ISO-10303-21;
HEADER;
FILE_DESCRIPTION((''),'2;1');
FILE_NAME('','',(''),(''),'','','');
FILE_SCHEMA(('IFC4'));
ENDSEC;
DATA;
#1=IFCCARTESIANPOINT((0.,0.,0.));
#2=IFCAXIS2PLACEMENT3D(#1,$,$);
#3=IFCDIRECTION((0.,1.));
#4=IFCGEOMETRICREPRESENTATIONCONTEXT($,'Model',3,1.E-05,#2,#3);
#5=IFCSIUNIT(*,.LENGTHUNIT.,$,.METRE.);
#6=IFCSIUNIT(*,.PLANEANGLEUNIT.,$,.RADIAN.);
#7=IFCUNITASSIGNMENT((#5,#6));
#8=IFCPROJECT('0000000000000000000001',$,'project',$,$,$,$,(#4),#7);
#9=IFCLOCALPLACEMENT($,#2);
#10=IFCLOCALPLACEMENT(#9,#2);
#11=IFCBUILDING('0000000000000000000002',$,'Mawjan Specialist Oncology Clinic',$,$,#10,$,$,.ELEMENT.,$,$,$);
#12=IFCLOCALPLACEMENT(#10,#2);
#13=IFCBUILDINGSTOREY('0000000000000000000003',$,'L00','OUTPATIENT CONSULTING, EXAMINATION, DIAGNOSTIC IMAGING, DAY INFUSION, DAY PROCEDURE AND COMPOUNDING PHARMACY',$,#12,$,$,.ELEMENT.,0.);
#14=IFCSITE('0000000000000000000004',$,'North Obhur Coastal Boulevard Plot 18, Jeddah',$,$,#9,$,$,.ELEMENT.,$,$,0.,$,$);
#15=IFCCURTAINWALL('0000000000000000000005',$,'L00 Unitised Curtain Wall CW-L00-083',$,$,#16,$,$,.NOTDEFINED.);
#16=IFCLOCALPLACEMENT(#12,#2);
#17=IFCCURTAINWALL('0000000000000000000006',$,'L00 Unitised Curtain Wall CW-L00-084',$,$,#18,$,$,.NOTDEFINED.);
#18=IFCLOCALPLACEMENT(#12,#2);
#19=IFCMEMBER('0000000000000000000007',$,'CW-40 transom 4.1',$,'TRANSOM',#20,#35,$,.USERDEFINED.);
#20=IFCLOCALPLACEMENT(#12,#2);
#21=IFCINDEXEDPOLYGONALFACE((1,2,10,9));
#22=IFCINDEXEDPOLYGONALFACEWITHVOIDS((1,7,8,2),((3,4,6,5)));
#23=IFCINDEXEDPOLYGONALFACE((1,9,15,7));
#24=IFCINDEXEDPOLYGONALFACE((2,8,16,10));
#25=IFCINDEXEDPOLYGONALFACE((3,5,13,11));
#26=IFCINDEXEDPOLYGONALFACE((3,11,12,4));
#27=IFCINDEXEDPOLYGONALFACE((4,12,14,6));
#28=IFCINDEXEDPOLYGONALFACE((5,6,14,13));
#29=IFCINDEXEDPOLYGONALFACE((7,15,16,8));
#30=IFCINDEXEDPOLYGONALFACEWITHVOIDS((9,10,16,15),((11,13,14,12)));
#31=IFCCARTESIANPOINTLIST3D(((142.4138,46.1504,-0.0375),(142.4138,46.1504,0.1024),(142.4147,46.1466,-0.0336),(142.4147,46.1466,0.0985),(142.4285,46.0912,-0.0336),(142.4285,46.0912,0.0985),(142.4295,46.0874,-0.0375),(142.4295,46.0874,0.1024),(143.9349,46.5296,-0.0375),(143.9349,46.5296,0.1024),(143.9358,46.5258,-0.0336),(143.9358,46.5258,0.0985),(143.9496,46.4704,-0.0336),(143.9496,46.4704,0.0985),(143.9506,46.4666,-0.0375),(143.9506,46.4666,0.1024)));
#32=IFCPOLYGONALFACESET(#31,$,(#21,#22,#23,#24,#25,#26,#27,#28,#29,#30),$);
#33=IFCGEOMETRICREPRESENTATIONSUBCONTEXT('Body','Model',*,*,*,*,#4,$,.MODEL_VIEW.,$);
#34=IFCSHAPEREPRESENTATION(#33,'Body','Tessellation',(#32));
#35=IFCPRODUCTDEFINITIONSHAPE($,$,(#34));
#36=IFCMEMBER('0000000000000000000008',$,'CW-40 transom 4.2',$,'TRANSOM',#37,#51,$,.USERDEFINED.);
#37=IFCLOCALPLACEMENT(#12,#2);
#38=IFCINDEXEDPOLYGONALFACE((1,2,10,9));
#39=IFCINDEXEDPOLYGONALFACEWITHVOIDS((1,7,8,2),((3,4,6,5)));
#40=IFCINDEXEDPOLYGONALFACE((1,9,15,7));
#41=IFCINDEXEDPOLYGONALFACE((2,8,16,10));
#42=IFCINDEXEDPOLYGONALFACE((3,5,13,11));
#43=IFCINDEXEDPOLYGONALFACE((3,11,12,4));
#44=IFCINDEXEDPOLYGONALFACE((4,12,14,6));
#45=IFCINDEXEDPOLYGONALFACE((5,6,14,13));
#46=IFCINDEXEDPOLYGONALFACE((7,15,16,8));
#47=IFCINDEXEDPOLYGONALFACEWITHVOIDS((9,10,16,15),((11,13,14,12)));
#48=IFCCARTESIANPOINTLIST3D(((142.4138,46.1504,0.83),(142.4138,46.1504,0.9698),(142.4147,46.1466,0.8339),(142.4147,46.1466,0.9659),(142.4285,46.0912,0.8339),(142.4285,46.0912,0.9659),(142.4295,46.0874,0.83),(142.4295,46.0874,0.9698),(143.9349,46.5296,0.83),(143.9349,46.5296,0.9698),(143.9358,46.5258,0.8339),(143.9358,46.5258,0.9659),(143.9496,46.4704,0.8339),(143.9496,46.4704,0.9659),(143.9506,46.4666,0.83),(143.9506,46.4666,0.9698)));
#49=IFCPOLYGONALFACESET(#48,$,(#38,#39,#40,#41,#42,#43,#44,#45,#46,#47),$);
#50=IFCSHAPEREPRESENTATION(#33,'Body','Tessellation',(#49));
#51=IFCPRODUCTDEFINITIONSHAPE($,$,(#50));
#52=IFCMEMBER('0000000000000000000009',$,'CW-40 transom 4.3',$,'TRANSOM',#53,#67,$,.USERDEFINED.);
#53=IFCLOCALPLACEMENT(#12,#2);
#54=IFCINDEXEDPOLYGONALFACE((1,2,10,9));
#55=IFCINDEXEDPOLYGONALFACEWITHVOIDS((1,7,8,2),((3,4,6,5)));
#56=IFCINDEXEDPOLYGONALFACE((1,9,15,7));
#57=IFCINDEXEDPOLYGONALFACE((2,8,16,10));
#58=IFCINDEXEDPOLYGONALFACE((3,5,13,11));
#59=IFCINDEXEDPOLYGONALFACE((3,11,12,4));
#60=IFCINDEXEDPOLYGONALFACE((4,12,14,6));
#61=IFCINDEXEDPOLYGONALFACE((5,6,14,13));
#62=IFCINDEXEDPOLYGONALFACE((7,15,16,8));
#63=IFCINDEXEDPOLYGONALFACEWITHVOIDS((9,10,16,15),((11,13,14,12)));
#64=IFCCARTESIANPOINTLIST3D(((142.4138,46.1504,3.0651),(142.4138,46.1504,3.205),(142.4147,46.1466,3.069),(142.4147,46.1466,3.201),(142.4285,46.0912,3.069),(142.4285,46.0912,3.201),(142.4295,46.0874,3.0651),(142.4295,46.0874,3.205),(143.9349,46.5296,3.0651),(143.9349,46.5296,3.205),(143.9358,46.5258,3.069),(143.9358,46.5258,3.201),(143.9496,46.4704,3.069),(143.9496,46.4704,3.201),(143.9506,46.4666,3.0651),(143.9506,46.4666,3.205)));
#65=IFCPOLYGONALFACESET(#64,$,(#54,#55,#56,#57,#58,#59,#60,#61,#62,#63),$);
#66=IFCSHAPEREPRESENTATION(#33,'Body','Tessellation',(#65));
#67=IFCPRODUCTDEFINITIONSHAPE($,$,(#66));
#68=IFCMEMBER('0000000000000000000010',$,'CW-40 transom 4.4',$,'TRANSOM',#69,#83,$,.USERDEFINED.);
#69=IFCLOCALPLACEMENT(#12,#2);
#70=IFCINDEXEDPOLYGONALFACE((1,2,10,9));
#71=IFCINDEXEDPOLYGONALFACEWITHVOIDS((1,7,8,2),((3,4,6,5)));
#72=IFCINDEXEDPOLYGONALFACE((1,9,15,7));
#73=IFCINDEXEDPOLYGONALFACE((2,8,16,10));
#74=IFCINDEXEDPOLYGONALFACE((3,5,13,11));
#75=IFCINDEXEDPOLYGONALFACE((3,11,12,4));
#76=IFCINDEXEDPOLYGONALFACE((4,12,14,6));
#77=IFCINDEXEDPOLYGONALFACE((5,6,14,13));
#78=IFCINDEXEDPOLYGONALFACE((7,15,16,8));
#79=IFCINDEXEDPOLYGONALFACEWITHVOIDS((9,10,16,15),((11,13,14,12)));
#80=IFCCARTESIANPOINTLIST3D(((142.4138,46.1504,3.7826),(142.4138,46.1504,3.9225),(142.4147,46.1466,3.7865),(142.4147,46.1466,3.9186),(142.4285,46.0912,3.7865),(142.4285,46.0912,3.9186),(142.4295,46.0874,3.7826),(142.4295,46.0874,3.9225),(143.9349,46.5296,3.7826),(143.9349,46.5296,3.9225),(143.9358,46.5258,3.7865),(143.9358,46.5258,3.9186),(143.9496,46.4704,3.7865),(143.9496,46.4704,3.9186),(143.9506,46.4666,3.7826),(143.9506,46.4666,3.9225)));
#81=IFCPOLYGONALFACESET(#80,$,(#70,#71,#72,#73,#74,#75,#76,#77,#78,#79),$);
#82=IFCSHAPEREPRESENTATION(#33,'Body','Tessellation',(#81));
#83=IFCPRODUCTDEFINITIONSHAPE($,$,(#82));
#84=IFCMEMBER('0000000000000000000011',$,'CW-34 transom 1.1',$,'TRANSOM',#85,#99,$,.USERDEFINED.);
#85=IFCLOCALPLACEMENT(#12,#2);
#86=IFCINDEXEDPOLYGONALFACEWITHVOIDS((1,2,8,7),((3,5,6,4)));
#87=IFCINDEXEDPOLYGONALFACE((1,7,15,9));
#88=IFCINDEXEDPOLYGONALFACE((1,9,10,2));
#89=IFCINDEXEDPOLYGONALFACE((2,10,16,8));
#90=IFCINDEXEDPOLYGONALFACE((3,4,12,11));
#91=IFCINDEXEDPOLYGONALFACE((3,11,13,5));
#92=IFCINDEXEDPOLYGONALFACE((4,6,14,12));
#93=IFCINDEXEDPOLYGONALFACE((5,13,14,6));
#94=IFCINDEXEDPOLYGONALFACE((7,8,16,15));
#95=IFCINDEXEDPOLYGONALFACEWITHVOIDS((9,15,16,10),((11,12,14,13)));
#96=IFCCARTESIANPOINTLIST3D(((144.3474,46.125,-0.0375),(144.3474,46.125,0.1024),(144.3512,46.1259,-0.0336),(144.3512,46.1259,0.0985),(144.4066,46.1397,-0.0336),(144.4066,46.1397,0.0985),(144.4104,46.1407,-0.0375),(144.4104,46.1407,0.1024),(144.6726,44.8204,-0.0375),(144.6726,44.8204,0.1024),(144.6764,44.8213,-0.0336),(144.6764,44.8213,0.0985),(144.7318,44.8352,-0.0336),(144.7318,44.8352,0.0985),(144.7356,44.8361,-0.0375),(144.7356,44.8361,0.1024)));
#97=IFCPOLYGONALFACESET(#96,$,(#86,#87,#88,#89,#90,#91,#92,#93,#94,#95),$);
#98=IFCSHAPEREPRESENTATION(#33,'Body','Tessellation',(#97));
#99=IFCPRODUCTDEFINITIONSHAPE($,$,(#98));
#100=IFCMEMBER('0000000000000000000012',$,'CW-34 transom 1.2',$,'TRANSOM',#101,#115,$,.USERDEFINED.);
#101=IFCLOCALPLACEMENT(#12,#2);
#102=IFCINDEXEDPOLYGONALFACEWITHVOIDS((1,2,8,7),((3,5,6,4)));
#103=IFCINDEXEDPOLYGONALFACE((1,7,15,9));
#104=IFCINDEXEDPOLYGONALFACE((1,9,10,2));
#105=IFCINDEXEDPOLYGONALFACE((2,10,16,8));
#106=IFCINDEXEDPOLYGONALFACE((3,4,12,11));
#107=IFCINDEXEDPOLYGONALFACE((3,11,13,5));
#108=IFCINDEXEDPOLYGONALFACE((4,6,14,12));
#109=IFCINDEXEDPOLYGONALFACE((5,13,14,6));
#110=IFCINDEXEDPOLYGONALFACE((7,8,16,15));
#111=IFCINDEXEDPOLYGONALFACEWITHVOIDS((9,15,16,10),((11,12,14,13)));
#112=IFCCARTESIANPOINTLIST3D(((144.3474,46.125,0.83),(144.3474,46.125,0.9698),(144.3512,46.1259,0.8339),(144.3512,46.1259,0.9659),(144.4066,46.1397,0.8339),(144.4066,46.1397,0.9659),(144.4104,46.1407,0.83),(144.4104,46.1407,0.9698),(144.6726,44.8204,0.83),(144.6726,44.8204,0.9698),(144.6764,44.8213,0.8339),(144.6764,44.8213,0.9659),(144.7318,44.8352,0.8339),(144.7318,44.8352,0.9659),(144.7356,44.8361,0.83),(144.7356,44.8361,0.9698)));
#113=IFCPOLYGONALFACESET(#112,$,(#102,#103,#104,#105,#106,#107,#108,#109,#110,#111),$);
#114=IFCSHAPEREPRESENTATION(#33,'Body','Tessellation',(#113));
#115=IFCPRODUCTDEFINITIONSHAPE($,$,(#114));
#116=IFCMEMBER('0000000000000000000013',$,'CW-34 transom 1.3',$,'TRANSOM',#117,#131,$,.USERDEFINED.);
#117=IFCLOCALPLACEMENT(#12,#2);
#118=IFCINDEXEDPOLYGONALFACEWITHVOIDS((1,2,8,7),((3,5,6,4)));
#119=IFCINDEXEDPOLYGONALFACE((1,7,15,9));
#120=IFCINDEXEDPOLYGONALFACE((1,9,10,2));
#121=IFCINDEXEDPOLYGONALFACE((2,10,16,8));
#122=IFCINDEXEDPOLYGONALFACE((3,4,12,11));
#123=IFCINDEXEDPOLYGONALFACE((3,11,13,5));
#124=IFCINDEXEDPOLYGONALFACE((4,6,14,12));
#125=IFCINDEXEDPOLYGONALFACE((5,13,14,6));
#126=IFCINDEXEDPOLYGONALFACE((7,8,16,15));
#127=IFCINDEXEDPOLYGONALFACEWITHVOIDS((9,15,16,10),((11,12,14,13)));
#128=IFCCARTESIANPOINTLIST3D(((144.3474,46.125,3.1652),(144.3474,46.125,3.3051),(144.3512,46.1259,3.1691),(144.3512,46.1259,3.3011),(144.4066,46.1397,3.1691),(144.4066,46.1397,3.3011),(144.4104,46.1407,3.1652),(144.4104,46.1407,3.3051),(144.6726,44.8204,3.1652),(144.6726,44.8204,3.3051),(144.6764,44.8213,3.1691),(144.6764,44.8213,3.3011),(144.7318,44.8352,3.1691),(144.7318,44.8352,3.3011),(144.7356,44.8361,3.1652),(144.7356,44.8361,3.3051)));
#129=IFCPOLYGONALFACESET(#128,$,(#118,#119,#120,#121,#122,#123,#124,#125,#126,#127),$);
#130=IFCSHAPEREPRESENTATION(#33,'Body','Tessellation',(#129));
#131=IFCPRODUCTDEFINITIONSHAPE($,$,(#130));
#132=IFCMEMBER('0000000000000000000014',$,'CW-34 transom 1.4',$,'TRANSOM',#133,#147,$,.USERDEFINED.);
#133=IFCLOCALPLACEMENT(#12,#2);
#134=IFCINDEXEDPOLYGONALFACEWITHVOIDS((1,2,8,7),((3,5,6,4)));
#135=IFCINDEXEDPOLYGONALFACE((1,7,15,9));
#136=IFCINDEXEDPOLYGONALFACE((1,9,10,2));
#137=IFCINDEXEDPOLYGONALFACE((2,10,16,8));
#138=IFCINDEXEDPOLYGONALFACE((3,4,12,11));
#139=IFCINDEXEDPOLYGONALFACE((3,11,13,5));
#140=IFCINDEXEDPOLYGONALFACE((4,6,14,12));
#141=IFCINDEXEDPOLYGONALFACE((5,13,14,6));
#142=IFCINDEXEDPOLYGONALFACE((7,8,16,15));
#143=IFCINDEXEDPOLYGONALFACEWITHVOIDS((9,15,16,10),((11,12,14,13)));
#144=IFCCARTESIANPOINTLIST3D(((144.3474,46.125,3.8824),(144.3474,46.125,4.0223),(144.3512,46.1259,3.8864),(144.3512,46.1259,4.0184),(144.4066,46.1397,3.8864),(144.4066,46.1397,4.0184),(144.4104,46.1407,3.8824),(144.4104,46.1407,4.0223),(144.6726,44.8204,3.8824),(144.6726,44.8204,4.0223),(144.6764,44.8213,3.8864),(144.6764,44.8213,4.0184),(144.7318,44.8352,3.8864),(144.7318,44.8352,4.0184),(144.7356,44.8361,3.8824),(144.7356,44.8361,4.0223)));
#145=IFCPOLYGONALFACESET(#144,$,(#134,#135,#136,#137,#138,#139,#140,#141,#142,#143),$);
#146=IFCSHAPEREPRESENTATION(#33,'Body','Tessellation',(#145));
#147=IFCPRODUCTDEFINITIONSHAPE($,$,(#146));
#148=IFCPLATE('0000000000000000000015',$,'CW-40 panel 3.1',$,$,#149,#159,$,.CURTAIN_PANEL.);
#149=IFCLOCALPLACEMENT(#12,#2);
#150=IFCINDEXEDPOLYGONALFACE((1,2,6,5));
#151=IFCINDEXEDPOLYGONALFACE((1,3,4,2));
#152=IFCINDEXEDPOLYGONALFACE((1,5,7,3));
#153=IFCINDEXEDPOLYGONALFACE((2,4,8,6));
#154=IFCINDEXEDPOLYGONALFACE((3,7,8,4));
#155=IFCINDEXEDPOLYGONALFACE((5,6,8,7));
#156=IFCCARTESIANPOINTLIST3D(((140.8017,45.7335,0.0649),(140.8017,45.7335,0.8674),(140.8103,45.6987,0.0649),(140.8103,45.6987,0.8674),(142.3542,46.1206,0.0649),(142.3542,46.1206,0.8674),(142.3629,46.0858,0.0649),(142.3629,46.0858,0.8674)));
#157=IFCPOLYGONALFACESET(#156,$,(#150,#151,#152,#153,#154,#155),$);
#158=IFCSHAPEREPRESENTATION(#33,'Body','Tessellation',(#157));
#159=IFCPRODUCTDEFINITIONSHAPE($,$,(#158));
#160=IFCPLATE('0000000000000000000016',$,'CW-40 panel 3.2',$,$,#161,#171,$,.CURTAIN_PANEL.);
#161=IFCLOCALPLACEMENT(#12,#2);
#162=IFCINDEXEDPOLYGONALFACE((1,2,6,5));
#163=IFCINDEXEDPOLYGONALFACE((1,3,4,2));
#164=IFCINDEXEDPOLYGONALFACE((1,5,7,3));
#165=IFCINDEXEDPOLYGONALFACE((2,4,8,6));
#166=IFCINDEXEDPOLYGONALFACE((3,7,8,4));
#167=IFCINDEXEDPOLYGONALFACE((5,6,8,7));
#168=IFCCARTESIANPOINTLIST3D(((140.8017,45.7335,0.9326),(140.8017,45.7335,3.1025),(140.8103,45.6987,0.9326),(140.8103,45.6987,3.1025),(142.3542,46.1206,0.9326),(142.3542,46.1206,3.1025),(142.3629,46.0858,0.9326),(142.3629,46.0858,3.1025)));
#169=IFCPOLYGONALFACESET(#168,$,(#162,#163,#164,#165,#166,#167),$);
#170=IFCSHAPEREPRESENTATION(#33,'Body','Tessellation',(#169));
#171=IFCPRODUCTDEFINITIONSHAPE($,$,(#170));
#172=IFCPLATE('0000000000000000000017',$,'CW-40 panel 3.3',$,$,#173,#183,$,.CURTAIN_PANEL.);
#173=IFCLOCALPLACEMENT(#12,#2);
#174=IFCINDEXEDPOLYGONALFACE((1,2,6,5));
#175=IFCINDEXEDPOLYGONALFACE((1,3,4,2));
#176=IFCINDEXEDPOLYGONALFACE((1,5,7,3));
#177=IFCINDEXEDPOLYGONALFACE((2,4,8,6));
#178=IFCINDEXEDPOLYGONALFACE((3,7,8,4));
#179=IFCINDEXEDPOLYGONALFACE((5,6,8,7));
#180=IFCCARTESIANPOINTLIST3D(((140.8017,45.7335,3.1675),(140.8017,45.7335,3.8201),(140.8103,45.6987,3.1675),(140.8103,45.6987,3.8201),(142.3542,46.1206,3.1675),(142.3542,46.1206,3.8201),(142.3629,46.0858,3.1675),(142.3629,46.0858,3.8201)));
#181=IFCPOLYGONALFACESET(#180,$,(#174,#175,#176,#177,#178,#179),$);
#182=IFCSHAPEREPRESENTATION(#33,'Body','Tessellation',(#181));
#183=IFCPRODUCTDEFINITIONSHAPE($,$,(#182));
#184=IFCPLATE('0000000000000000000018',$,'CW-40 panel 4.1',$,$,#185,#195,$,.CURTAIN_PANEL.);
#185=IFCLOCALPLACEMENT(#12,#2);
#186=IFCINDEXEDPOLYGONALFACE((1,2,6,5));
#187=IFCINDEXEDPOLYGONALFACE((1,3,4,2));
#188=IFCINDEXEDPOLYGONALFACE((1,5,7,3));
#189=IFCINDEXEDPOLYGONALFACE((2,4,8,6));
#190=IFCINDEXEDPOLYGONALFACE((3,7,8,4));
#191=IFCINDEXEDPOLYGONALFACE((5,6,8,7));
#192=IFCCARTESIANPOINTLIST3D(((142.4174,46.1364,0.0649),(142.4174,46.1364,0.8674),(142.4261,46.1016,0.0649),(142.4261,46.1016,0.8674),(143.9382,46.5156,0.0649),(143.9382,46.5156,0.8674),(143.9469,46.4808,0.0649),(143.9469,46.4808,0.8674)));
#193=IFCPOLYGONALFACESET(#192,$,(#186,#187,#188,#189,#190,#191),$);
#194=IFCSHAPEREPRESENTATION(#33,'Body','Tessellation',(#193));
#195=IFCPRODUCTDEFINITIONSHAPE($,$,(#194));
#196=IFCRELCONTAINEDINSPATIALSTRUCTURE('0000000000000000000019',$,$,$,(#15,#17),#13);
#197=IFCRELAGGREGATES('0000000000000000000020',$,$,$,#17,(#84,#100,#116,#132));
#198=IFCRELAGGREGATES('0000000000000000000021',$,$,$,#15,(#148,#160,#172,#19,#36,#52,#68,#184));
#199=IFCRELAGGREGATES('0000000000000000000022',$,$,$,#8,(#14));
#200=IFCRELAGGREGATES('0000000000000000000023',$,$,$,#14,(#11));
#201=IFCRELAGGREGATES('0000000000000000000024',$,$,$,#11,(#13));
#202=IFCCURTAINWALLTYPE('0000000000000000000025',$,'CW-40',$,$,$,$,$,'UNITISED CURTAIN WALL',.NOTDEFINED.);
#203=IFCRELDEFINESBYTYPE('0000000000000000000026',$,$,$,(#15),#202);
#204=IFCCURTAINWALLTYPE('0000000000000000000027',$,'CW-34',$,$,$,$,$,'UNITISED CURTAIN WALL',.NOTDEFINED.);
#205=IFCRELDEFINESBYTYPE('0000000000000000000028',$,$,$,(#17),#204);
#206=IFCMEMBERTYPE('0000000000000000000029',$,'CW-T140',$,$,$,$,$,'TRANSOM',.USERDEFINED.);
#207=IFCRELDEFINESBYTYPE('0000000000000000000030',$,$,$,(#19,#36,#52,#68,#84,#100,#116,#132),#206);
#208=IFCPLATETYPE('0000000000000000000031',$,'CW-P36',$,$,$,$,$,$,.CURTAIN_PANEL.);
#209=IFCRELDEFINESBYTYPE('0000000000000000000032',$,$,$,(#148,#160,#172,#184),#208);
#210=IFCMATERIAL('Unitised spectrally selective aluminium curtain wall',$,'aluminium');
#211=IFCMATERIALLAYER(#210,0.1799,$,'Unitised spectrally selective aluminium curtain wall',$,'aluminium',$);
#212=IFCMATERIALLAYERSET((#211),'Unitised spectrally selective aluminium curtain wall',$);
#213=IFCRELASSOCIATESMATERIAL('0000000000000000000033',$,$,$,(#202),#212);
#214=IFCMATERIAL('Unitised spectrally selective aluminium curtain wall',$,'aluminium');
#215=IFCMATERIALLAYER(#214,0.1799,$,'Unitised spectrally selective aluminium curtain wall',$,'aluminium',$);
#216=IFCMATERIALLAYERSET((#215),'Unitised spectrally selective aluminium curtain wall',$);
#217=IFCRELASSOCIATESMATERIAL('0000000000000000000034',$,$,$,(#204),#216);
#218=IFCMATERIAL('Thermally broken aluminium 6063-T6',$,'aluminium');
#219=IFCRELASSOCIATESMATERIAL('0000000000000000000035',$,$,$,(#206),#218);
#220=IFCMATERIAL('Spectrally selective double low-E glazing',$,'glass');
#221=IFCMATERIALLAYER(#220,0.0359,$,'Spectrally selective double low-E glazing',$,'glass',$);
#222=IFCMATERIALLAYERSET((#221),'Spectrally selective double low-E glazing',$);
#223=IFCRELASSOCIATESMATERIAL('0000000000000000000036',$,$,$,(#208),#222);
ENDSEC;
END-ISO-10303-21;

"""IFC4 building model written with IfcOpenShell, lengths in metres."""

from ifc_helpers import new_model, si_unit, direction, frame, origin, origin_2d, place, context, subcontext, project, spatial, rectangle, hollow_rectangle, extrude, material, layer, layer_set, material_profile, profile_set, type_object, element, aggregate, save


model = new_model("IFC4")

# Units and contexts
model_context = context("Model", 3, precision=1e-05, world=origin(), true_north=direction((0.0, 1.0)))
body_context = subcontext(model_context, "Body", "Model", "MODEL_VIEW")
ifc_project = project(units=[si_unit("LENGTHUNIT", "METRE"), si_unit("PLANEANGLEUNIT", "RADIAN")], contexts=[model_context])

# Site, building, storey
site_placement = place(None, origin())
site = spatial("IfcSite", under=ifc_project, at=site_placement, Name="North Obhur Coastal Boulevard Plot 18, Jeddah", CompositionType="ELEMENT", RefElevation=0.0)
building_placement = place(site_placement, origin())
building = spatial("IfcBuilding", under=site, at=building_placement, Name="Mawjan Specialist Oncology Clinic", CompositionType="ELEMENT")
storey_placement = place(building_placement, origin())
storey = spatial("IfcBuildingStorey", under=building, at=storey_placement, Name="L00", Description="OUTPATIENT CONSULTING, EXAMINATION, DIAGNOSTIC IMAGING, DAY INFUSION, DAY PROCEDURE AND COMPOUNDING PHARMACY", CompositionType="ELEMENT", Elevation=0.0)

# Curtain wall
ifc_material_1 = material(Name="Unitised spectrally selective aluminium curtain wall", Category="aluminium")
ifc_layer_1 = layer(ifc_material_1, 0.1799, Name="Unitised spectrally selective aluminium curtain wall", Category="aluminium")
ifc_layer_set_1 = layer_set([ifc_layer_1], Name="Unitised spectrally selective aluminium curtain wall")
curtain_wall_type_1 = type_object("IfcCurtainWallType", Name="CW-40", ElementType="UNITISED CURTAIN WALL", PredefinedType="NOTDEFINED", material=ifc_layer_set_1)
curtain_wall_1_placement = place(storey_placement, origin())
curtain_wall_1 = element("IfcCurtainWall", 1, at=curtain_wall_1_placement, inside=storey, type_object=curtain_wall_type_1, Name="L00 Unitised Curtain Wall CW-L00-083", PredefinedType="NOTDEFINED")

# Curtain wall
ifc_material_2 = material(Name="Unitised spectrally selective aluminium curtain wall", Category="aluminium")
ifc_layer_2 = layer(ifc_material_2, 0.1799, Name="Unitised spectrally selective aluminium curtain wall", Category="aluminium")
ifc_layer_set_2 = layer_set([ifc_layer_2], Name="Unitised spectrally selective aluminium curtain wall")
curtain_wall_type_2 = type_object("IfcCurtainWallType", Name="CW-34", ElementType="UNITISED CURTAIN WALL", PredefinedType="NOTDEFINED", material=ifc_layer_set_2)
curtain_wall_2_placement = place(storey_placement, origin())
curtain_wall_2 = element("IfcCurtainWall", 2, at=curtain_wall_2_placement, inside=storey, type_object=curtain_wall_type_2, Name="L00 Unitised Curtain Wall CW-L00-084", PredefinedType="NOTDEFINED")
ifc_material_3 = material(Name="Thermally broken aluminium 6063-T6", Category="aluminium")
ifc_material_profile_1 = material_profile(ifc_material_3, hollow_rectangle(XDim=0.0649, YDim=0.1399, WallThickness=0.0039, at=origin_2d()), Name="ALU TRANSOM 140x65x4", Category="aluminium")
ifc_profile_set_1 = profile_set([ifc_material_profile_1], Name="Thermally broken aluminium 6063-T6")
member_type_1 = type_object("IfcMemberType", Name="CW-T140", ElementType="TRANSOM", PredefinedType="USERDEFINED", material=ifc_profile_set_1)

# Members
member_1_placement = place(storey_placement, frame((142.4216, 46.1189, 0.0325), z_axis=(0.970307, 0.241876, 0.0), x_axis=(-0.241876, 0.970307, 0.0)))
member_1 = element("IfcMember", 3, at=member_1_placement, type_object=member_type_1, Name="CW-40 transom 4.1", ObjectType="TRANSOM", PredefinedType="USERDEFINED", context=body_context, shape_type="SweptSolid", body=[
    extrude(hollow_rectangle(XDim=0.0649, YDim=0.1399, WallThickness=0.0039, at=origin_2d()), origin(), (0.0, 0.0, 1.0), 1.5676),
])
member_2_placement = place(storey_placement, frame((142.4216, 46.1189, 0.8999), z_axis=(0.970307, 0.241876, 0.0), x_axis=(-0.241876, 0.970307, 0.0)))
member_2 = element("IfcMember", 4, at=member_2_placement, type_object=member_type_1, Name="CW-40 transom 4.2", ObjectType="TRANSOM", PredefinedType="USERDEFINED", context=body_context, shape_type="SweptSolid", body=[
    extrude(hollow_rectangle(XDim=0.0649, YDim=0.1399, WallThickness=0.0039, at=origin_2d()), origin(), (0.0, 0.0, 1.0), 1.5676),
])
member_3_placement = place(storey_placement, frame((142.4216, 46.1189, 3.135), z_axis=(0.970307, 0.241876, 0.0), x_axis=(-0.241876, 0.970307, 0.0)))
member_3 = element("IfcMember", 5, at=member_3_placement, type_object=member_type_1, Name="CW-40 transom 4.3", ObjectType="TRANSOM", PredefinedType="USERDEFINED", context=body_context, shape_type="SweptSolid", body=[
    extrude(hollow_rectangle(XDim=0.0649, YDim=0.1399, WallThickness=0.0039, at=origin_2d()), origin(), (0.0, 0.0, 1.0), 1.5676),
])
member_4_placement = place(storey_placement, frame((142.4216, 46.1189, 3.8525), z_axis=(0.970307, 0.241876, 0.0), x_axis=(-0.241876, 0.970307, 0.0)))
member_4 = element("IfcMember", 6, at=member_4_placement, type_object=member_type_1, Name="CW-40 transom 4.4", ObjectType="TRANSOM", PredefinedType="USERDEFINED", context=body_context, shape_type="SweptSolid", body=[
    extrude(hollow_rectangle(XDim=0.0649, YDim=0.1399, WallThickness=0.0039, at=origin_2d()), origin(), (0.0, 0.0, 1.0), 1.5676),
])
member_5_placement = place(storey_placement, frame((144.3789, 46.1328, 0.0325), z_axis=(0.241895, -0.970303, 0.0), x_axis=(0.970303, 0.241895, 0.0)))
member_5 = element("IfcMember", 7, at=member_5_placement, type_object=member_type_1, Name="CW-34 transom 1.1", ObjectType="TRANSOM", PredefinedType="USERDEFINED", context=body_context, shape_type="SweptSolid", body=[
    extrude(hollow_rectangle(XDim=0.0649, YDim=0.1399, WallThickness=0.0039, at=origin_2d()), origin(), (0.0, 0.0, 1.0), 1.3445),
])
member_6_placement = place(storey_placement, frame((144.3789, 46.1328, 0.8999), z_axis=(0.241895, -0.970303, 0.0), x_axis=(0.970303, 0.241895, 0.0)))
member_6 = element("IfcMember", 8, at=member_6_placement, type_object=member_type_1, Name="CW-34 transom 1.2", ObjectType="TRANSOM", PredefinedType="USERDEFINED", context=body_context, shape_type="SweptSolid", body=[
    extrude(hollow_rectangle(XDim=0.0649, YDim=0.1399, WallThickness=0.0039, at=origin_2d()), origin(), (0.0, 0.0, 1.0), 1.3445),
])
member_7_placement = place(storey_placement, frame((144.3789, 46.1328, 3.2351), z_axis=(0.241895, -0.970303, 0.0), x_axis=(0.970303, 0.241895, 0.0)))
member_7 = element("IfcMember", 9, at=member_7_placement, type_object=member_type_1, Name="CW-34 transom 1.3", ObjectType="TRANSOM", PredefinedType="USERDEFINED", context=body_context, shape_type="SweptSolid", body=[
    extrude(hollow_rectangle(XDim=0.0649, YDim=0.1399, WallThickness=0.0039, at=origin_2d()), origin(), (0.0, 0.0, 1.0), 1.3445),
])
member_8_placement = place(storey_placement, frame((144.3789, 46.1328, 3.9524), z_axis=(0.241895, -0.970303, 0.0), x_axis=(0.970303, 0.241895, 0.0)))
member_8 = element("IfcMember", 10, at=member_8_placement, type_object=member_type_1, Name="CW-34 transom 1.4", ObjectType="TRANSOM", PredefinedType="USERDEFINED", context=body_context, shape_type="SweptSolid", body=[
    extrude(hollow_rectangle(XDim=0.0649, YDim=0.1399, WallThickness=0.0039, at=origin_2d()), origin(), (0.0, 0.0, 1.0), 1.3445),
])
aggregate(curtain_wall_2, [member_5, member_6, member_7, member_8])

# Plates
ifc_material_4 = material(Name="Spectrally selective double low-E glazing", Category="glass")
ifc_layer_3 = layer(ifc_material_4, 0.0359, Name="Spectrally selective double low-E glazing", Category="glass")
ifc_layer_set_3 = layer_set([ifc_layer_3], Name="Spectrally selective double low-E glazing")
plate_type = type_object("IfcPlateType", Name="CW-P36", PredefinedType="CURTAIN_PANEL", material=ifc_layer_set_3)
plate_1_placement = place(storey_placement, frame((141.5823, 45.9097, 0.0649), z_axis=(0.0, 0.0, 1.0), x_axis=(0.970296, 0.241922, 0.0)))
plate_1 = element("IfcPlate", 11, at=plate_1_placement, type_object=plate_type, Name="CW-40 panel 3.1", PredefinedType="CURTAIN_PANEL", context=body_context, shape_type="SweptSolid", body=[
    extrude(rectangle(XDim=1.6001, YDim=0.0359, at=origin_2d()), origin(), (0.0, 0.0, 1.0), 0.8025),
])
plate_2_placement = place(storey_placement, frame((141.5823, 45.9097, 0.9326), z_axis=(0.0, 0.0, 1.0), x_axis=(0.970296, 0.241922, 0.0)))
plate_2 = element("IfcPlate", 12, at=plate_2_placement, type_object=plate_type, Name="CW-40 panel 3.2", PredefinedType="CURTAIN_PANEL", context=body_context, shape_type="SweptSolid", body=[
    extrude(rectangle(XDim=1.6001, YDim=0.0359, at=origin_2d()), origin(), (0.0, 0.0, 1.0), 2.1699),
])
plate_3_placement = place(storey_placement, frame((141.5823, 45.9097, 3.1675), z_axis=(0.0, 0.0, 1.0), x_axis=(0.970296, 0.241922, 0.0)))
plate_3 = element("IfcPlate", 13, at=plate_3_placement, type_object=plate_type, Name="CW-40 panel 3.3", PredefinedType="CURTAIN_PANEL", context=body_context, shape_type="SweptSolid", body=[
    extrude(rectangle(XDim=1.6001, YDim=0.0359, at=origin_2d()), origin(), (0.0, 0.0, 1.0), 0.6526),
])
plate_4_placement = place(storey_placement, frame((143.1821, 46.3086, 0.0649), z_axis=(0.0, 0.0, 1.0), x_axis=(0.970296, 0.241922, 0.0)))
plate_4 = element("IfcPlate", 14, at=plate_4_placement, type_object=plate_type, Name="CW-40 panel 4.1", PredefinedType="CURTAIN_PANEL", context=body_context, shape_type="SweptSolid", body=[
    extrude(rectangle(XDim=1.5674, YDim=0.0359, at=origin_2d()), origin(), (0.0, 0.0, 1.0), 0.8025),
])
aggregate(curtain_wall_1, [plate_1, plate_2, plate_3, member_1, member_2, member_3, member_4, plate_4])

save(model, "model.ifc")
